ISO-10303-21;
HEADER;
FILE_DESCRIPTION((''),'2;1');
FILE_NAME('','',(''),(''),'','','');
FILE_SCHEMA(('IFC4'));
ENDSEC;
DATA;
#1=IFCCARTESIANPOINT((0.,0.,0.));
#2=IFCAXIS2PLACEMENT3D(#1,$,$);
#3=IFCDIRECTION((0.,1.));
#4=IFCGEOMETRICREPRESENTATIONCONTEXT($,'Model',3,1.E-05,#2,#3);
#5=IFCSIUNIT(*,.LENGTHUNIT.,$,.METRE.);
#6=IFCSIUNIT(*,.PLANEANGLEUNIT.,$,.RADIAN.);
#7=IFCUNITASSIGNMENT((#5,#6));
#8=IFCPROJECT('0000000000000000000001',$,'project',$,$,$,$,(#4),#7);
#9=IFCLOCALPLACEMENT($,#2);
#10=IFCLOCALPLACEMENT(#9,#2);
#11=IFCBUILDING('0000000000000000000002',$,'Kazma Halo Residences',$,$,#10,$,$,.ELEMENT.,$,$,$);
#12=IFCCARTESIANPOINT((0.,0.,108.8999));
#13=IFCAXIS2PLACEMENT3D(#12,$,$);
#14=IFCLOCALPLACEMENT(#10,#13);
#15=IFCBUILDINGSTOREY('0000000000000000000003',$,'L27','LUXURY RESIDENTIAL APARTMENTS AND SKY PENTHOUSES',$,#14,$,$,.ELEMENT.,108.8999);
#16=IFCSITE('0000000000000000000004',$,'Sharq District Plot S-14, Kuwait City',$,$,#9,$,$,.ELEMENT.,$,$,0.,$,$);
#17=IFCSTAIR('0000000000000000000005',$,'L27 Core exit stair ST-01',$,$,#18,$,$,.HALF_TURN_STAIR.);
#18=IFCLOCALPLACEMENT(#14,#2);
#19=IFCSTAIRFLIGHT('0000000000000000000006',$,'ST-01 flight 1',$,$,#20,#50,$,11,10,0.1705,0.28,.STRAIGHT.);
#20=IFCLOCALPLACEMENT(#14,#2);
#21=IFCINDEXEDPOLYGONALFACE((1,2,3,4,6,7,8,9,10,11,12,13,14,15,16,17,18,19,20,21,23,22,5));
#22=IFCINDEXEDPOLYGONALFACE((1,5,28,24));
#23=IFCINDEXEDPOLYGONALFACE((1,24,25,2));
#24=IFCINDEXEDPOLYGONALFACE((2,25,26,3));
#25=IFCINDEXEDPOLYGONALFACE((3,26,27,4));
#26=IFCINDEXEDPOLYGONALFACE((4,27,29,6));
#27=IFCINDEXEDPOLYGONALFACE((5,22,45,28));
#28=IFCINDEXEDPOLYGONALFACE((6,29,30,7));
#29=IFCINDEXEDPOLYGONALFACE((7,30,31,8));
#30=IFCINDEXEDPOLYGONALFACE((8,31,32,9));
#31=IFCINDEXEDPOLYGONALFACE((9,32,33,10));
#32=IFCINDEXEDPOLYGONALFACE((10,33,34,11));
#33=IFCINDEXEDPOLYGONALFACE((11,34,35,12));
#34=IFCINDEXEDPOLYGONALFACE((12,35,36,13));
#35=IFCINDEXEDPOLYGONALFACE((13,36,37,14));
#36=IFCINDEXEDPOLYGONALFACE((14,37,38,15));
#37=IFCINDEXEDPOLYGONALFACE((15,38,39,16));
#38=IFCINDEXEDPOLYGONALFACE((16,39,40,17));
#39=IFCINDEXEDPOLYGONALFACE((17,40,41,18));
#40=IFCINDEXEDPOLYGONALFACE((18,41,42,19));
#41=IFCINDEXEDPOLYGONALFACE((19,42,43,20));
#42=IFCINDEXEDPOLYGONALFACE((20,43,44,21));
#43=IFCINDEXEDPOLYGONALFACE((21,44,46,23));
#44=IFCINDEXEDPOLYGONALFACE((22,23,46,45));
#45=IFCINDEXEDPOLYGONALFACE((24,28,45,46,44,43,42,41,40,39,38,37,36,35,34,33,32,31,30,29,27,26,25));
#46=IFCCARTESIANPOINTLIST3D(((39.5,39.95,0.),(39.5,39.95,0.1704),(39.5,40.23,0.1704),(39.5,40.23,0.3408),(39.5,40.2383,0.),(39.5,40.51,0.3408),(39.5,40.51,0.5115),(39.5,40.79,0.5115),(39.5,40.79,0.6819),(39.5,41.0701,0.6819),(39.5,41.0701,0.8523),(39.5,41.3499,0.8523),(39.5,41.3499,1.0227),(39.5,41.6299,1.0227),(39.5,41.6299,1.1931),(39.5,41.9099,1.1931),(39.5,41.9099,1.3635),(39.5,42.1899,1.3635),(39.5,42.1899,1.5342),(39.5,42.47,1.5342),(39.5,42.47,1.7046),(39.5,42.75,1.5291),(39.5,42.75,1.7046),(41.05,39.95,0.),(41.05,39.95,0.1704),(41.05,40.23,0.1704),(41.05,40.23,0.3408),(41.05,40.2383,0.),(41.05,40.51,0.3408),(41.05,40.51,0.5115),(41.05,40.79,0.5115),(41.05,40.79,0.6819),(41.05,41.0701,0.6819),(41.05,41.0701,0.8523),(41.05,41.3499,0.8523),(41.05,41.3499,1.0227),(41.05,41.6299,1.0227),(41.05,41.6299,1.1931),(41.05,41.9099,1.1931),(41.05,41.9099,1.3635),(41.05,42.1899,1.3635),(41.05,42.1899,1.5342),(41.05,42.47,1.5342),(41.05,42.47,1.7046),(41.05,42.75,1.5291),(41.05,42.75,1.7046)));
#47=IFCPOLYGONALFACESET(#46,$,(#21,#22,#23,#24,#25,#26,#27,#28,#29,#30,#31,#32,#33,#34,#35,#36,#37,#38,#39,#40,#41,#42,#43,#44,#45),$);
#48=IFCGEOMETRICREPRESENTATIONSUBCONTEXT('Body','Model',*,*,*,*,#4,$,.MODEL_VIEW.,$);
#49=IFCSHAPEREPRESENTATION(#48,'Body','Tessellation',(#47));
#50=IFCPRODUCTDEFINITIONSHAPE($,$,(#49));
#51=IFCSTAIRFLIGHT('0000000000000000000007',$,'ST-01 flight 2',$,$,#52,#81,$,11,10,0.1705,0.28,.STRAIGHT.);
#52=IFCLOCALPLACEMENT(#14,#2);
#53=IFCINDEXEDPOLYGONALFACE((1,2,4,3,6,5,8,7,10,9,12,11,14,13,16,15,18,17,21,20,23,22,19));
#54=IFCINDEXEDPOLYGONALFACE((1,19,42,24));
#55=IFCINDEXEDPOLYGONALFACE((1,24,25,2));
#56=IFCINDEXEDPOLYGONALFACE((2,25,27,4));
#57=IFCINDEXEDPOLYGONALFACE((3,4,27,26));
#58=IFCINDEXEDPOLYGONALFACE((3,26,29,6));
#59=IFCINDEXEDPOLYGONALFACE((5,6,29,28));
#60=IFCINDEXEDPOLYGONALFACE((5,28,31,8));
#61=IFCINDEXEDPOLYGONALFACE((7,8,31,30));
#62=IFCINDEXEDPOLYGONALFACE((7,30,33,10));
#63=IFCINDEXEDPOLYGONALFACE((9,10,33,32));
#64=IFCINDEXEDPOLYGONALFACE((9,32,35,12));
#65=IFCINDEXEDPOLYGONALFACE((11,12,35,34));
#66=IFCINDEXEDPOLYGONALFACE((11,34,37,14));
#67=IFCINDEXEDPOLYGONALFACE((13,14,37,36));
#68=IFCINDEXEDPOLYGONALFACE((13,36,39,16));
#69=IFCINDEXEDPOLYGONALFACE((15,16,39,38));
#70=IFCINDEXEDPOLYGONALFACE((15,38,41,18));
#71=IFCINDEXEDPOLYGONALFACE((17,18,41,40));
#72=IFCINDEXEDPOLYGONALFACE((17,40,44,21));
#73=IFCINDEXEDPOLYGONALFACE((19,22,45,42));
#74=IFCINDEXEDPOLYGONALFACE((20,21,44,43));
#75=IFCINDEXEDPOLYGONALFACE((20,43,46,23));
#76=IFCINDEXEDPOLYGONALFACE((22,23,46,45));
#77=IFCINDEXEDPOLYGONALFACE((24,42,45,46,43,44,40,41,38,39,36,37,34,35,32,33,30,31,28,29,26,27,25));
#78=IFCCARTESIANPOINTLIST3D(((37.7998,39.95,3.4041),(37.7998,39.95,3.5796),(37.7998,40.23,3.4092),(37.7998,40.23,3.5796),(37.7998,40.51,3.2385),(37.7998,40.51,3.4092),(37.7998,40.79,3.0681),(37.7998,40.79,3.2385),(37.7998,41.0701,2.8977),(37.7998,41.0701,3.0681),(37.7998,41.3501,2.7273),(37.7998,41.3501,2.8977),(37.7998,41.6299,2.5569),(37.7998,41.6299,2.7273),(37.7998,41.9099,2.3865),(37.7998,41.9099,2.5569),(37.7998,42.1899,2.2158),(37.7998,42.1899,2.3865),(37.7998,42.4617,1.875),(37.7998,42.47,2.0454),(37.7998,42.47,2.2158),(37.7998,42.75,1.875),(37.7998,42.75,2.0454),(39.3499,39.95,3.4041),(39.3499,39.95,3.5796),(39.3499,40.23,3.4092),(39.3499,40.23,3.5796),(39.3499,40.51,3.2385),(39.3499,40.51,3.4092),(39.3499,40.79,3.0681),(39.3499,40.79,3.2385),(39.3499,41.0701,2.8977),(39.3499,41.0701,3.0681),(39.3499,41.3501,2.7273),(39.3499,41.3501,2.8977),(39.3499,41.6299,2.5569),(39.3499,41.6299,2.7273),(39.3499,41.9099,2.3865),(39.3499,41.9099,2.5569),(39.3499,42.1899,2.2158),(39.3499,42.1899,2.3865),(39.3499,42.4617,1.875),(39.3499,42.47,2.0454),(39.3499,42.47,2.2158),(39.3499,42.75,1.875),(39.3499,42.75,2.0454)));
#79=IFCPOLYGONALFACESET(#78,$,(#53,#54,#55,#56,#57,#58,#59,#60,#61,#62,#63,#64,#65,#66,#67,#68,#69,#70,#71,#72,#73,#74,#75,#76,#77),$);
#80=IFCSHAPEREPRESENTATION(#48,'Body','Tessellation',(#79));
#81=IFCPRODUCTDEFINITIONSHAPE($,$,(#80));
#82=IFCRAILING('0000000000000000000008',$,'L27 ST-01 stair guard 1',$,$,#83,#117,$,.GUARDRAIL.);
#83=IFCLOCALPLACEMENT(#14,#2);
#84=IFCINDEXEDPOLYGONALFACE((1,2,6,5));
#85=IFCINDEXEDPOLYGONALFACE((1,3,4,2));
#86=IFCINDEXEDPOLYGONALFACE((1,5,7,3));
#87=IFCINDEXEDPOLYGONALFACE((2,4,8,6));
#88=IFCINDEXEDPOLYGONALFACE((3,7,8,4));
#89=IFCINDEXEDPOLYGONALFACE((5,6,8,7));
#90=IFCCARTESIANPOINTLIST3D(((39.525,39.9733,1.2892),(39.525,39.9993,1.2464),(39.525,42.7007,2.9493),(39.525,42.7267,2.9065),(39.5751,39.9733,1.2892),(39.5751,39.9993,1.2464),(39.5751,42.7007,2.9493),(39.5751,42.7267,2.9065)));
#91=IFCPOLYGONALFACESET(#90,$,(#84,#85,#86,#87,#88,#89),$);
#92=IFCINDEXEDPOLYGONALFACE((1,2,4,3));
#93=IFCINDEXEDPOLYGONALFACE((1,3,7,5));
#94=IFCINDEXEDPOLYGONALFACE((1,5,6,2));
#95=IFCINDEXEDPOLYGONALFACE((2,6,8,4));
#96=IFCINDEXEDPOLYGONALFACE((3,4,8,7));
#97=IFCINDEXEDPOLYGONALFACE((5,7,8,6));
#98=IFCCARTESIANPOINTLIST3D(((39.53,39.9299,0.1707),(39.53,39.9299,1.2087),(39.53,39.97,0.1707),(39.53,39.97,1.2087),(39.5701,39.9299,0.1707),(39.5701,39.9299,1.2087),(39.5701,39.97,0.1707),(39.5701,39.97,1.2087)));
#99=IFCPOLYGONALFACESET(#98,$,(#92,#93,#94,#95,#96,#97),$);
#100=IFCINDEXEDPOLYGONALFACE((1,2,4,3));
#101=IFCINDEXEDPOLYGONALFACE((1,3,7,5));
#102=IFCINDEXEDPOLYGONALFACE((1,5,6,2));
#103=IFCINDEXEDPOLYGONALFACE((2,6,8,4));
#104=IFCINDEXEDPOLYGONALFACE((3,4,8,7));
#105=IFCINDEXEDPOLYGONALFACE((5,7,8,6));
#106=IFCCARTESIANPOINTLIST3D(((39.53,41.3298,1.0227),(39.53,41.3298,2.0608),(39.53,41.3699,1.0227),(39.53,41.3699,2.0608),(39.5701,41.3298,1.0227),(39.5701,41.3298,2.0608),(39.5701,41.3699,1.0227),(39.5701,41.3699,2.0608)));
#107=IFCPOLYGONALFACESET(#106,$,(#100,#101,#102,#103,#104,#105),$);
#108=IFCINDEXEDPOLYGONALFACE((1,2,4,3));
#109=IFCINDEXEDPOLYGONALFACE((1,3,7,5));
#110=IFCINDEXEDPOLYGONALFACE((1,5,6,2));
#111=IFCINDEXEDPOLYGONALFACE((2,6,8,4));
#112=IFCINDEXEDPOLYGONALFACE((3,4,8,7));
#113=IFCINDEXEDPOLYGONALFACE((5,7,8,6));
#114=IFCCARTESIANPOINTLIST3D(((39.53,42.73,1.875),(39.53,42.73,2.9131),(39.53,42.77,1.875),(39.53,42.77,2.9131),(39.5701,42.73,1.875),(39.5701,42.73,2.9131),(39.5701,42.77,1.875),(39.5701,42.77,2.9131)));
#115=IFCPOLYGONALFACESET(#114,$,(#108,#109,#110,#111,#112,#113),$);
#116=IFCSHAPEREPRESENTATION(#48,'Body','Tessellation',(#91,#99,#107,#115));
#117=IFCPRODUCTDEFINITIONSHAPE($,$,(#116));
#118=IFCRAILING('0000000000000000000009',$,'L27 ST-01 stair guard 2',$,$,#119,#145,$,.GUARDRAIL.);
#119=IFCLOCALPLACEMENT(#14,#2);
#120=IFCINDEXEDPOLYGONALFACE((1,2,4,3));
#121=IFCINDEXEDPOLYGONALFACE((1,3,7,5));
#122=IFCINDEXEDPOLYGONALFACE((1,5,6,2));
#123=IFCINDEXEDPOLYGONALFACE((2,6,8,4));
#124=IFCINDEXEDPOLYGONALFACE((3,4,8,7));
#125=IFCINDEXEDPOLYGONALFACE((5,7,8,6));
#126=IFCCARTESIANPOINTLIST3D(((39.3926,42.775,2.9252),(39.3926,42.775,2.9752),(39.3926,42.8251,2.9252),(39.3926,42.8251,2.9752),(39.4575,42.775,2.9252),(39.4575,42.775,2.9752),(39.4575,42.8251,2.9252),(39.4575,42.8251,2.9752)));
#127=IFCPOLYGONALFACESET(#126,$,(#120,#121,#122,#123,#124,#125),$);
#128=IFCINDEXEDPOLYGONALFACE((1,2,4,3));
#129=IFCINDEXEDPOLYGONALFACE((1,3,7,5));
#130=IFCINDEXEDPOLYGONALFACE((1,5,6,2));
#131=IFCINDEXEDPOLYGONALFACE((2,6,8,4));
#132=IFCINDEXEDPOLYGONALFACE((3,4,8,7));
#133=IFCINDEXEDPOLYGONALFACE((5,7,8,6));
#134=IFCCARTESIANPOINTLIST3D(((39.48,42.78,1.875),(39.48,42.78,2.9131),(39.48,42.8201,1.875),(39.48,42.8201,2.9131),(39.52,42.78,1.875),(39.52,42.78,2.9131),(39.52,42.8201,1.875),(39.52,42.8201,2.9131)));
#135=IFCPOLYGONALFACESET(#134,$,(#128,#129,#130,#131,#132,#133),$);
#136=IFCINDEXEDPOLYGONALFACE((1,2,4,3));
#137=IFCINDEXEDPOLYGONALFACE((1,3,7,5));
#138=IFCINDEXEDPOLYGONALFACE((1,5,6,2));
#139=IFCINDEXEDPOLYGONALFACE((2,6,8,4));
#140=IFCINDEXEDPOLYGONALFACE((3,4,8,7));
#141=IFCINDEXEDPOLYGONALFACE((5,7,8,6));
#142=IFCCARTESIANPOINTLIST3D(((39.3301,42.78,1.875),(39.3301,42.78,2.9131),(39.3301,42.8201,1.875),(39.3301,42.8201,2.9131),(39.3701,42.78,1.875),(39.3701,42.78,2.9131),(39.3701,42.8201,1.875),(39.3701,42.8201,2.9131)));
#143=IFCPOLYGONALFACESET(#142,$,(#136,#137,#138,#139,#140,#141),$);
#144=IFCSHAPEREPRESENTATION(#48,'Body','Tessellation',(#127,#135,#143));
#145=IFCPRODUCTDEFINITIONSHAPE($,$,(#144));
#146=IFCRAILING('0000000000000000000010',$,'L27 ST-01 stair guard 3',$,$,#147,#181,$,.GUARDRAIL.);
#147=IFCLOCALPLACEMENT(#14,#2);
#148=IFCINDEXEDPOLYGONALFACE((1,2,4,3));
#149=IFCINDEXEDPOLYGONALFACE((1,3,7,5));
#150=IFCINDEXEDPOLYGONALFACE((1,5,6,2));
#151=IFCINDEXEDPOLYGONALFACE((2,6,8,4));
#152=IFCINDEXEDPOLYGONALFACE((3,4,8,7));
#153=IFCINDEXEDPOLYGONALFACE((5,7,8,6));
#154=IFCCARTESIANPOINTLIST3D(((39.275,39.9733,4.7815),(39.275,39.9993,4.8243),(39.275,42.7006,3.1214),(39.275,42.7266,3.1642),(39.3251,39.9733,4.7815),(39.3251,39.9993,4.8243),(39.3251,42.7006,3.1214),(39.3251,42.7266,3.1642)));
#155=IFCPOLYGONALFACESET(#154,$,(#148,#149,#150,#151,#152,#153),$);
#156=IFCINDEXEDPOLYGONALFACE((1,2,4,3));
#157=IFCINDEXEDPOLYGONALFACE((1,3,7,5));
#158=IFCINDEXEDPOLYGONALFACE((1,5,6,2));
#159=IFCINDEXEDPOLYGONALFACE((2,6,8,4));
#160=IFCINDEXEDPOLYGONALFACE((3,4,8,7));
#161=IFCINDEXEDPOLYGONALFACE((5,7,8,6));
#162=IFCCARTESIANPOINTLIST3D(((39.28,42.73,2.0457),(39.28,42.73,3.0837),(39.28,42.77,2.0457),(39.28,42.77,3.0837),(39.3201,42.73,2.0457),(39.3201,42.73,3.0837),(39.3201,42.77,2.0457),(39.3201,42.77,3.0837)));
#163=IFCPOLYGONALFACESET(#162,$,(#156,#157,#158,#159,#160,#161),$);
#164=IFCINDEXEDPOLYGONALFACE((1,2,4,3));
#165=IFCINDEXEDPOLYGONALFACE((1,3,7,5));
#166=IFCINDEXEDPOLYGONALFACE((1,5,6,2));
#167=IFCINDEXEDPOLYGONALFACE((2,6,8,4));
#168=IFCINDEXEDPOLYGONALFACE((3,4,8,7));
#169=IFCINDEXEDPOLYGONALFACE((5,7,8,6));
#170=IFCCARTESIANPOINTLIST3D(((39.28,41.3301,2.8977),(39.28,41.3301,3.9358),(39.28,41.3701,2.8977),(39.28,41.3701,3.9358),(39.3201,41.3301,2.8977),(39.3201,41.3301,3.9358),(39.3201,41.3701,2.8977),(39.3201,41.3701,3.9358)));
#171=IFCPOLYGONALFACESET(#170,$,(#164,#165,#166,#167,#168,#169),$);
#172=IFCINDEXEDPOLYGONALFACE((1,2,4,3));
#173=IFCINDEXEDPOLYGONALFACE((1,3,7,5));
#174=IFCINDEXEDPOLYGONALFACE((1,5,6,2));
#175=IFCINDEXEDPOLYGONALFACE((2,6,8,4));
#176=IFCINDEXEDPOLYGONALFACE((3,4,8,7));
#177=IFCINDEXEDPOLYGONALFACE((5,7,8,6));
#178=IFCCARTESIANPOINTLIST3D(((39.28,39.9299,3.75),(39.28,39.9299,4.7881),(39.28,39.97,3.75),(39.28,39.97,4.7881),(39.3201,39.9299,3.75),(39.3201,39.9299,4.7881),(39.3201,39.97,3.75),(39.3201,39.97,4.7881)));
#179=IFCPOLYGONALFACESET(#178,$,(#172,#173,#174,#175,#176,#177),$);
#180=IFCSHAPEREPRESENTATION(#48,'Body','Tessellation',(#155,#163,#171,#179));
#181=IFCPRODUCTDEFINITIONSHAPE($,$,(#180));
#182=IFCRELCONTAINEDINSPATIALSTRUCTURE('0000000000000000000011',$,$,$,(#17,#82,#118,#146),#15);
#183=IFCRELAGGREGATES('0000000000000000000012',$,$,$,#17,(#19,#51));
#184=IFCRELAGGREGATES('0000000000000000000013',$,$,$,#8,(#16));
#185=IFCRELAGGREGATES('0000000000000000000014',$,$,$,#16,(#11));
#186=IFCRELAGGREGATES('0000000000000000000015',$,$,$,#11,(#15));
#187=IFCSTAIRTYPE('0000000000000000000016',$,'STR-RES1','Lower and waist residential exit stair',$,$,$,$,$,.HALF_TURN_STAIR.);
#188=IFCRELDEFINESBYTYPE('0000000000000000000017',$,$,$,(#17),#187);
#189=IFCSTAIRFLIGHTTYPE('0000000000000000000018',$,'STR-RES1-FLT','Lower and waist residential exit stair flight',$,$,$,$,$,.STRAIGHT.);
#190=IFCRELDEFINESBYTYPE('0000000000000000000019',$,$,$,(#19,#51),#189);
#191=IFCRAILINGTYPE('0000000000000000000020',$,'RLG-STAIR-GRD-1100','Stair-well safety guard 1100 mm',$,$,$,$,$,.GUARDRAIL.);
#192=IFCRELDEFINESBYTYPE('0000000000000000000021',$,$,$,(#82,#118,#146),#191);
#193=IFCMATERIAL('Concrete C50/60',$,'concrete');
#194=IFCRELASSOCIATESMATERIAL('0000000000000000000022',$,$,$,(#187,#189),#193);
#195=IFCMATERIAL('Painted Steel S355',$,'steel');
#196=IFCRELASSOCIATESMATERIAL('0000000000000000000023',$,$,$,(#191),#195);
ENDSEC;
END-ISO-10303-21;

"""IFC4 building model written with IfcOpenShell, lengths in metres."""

from ifc_helpers import new_model, si_unit, direction, frame, origin, origin_2d, place, context, subcontext, project, spatial, polyline, rectangle, outline, extrude, material, type_object, element, aggregate, save


model = new_model("IFC4")

# Units and contexts
model_context = context("Model", 3, precision=1e-05, world=origin(), true_north=direction((0.0, 1.0)))
body_context = subcontext(model_context, "Body", "Model", "MODEL_VIEW")
ifc_project = project(units=[si_unit("LENGTHUNIT", "METRE"), si_unit("PLANEANGLEUNIT", "RADIAN")], contexts=[model_context])

# Site, building, storey
site_placement = place(None, origin())
site = spatial("IfcSite", under=ifc_project, at=site_placement, Name="Sharq District Plot S-14, Kuwait City", CompositionType="ELEMENT", RefElevation=0.0)
building_placement = place(site_placement, origin())
building = spatial("IfcBuilding", under=site, at=building_placement, Name="Kazma Halo Residences", CompositionType="ELEMENT")
storey_placement = place(building_placement, frame((0.0, 0.0, 108.8999)))
storey = spatial("IfcBuildingStorey", under=building, at=storey_placement, Name="L27", Description="LUXURY RESIDENTIAL APARTMENTS AND SKY PENTHOUSES", CompositionType="ELEMENT", Elevation=108.8999)

# Stair, stair flights
ifc_material_1 = material(Name="Concrete C50/60", Category="concrete")
stair_type = type_object("IfcStairType", Name="STR-RES1", Description="Lower and waist residential exit stair", PredefinedType="HALF_TURN_STAIR", material=ifc_material_1)
stair_placement = place(storey_placement, origin())
stair = element("IfcStair", 1, at=stair_placement, inside=storey, type_object=stair_type, Name="L27 Core exit stair ST-01", PredefinedType="HALF_TURN_STAIR")
stair_flight_type = type_object("IfcStairFlightType", Name="STR-RES1-FLT", Description="Lower and waist residential exit stair flight", PredefinedType="STRAIGHT", material=ifc_material_1)
stair_flight_1_placement = place(storey_placement, frame((40.2749, 39.95, 0.0), z_axis=(0.0, 0.0, 1.0), x_axis=(0.0, 1.0, 0.0)))
stair_flight_1 = element("IfcStairFlight", 2, at=stair_flight_1_placement, type_object=stair_flight_type, Name="ST-01 flight 1", NumberOfRisers=11, NumberOfTreads=10, PredefinedType="STRAIGHT", RiserHeight=0.1705, TreadLength=0.28, context=body_context, shape_type="SweptSolid", body=[
    extrude(outline(polyline([(0.0, 0.0), (0.0, 0.1704), (0.28, 0.1704), (0.28, 0.3408), (0.5601, 0.3408), (0.5601, 0.5115), (0.8401, 0.5115), (0.8401, 0.6819), (1.1201, 0.6819), (1.1201, 0.8523), (1.3999, 0.8523), (1.3999, 1.0227), (1.6799, 1.0227), (1.6799, 1.1931), (1.96, 1.1931), (1.96, 1.3635), (2.24, 1.3635), (2.24, 1.5342), (2.52, 1.5342), (2.52, 1.7046), (2.8, 1.7046), (2.8, 1.875), (2.8, 1.5291), (0.2883, 0.0), (0.0, 0.0)])), frame((0.0, 0.7749, 0.0), z_axis=(0.0, -1.0, 0.0), x_axis=(1.0, 0.0, 0.0)), (0.0, 0.0, 1.0), 1.55),
])
stair_flight_2_placement = place(storey_placement, frame((38.575, 42.75, 1.875), z_axis=(0.0, 0.0, 1.0), x_axis=(0.0, -1.0, 0.0)))
stair_flight_2 = element("IfcStairFlight", 3, at=stair_flight_2_placement, type_object=stair_flight_type, Name="ST-01 flight 2", NumberOfRisers=11, NumberOfTreads=10, PredefinedType="STRAIGHT", RiserHeight=0.1705, TreadLength=0.28, context=body_context, shape_type="SweptSolid", body=[
    extrude(outline(polyline([(0.0, 0.0), (0.0, 0.1704), (0.28, 0.1704), (0.28, 0.3408), (0.5601, 0.3408), (0.5601, 0.5115), (0.8401, 0.5115), (0.8401, 0.6819), (1.1201, 0.6819), (1.1201, 0.8523), (1.3999, 0.8523), (1.3999, 1.0227), (1.6799, 1.0227), (1.6799, 1.1931), (1.96, 1.1931), (1.96, 1.3635), (2.24, 1.3635), (2.24, 1.5342), (2.52, 1.5342), (2.52, 1.7046), (2.8, 1.7046), (2.8, 1.875), (2.8, 1.5291), (0.2883, 0.0), (0.0, 0.0)])), frame((0.0, 0.7749, 0.0), z_axis=(0.0, -1.0, 0.0), x_axis=(1.0, 0.0, 0.0)), (0.0, 0.0, 1.0), 1.55),
])
aggregate(stair, [stair_flight_1, stair_flight_2])

# Railings
ifc_material_2 = material(Name="Painted Steel S355", Category="steel")
railing_type_1 = type_object("IfcRailingType", Name="RLG-STAIR-GRD-1100", Description="Stair-well safety guard 1100 mm", PredefinedType="GUARDRAIL", material=ifc_material_2)
railing_1_placement = place(storey_placement, frame((39.55, 39.95, 0.1707)))
element("IfcRailing", 4, at=railing_1_placement, inside=storey, type_object=railing_type_1, Name="L27 ST-01 stair guard 1", PredefinedType="GUARDRAIL", context=body_context, shape_type="SweptSolid", body=[
    extrude(rectangle(XDim=0.05, YDim=0.05, at=origin_2d()), frame((0.0, 0.0364, 1.0972), z_axis=(0.0, 0.854203, 0.51994), x_axis=(-1.0, 0.0, 0.0)), (0.0, 0.0, 1.0), 3.1929),
    extrude(rectangle(XDim=0.04, YDim=0.04, at=origin_2d()), origin(), (0.0, 0.0, 1.0), 1.0381),
    extrude(rectangle(XDim=0.04, YDim=0.04, at=origin_2d()), frame((0.0, 1.3999, 0.8521)), (0.0, 0.0, 1.0), 1.0381),
    extrude(rectangle(XDim=0.04, YDim=0.04, at=origin_2d()), frame((0.0, 2.8, 1.7043)), (0.0, 0.0, 1.0), 1.0381),
])
railing_2_placement = place(storey_placement, frame((39.5, 42.8, 1.875)))
element("IfcRailing", 5, at=railing_2_placement, inside=storey, type_object=railing_type_1, Name="L27 ST-01 stair guard 2", PredefinedType="GUARDRAIL", context=body_context, shape_type="SweptSolid", body=[
    extrude(rectangle(XDim=0.05, YDim=0.05, at=origin_2d()), frame((-0.0425, 0.0, 1.0752), z_axis=(-1.0, 0.0, 0.0), x_axis=(0.0, -1.0, 0.0)), (0.0, 0.0, 1.0), 0.0649),
    extrude(rectangle(XDim=0.04, YDim=0.04, at=origin_2d()), origin(), (0.0, 0.0, 1.0), 1.0381),
    extrude(rectangle(XDim=0.04, YDim=0.04, at=origin_2d()), frame((-0.1499, 0.0, 0.0)), (0.0, 0.0, 1.0), 1.0381),
])
railing_3_placement = place(storey_placement, frame((39.3, 42.75, 2.0457)))
element("IfcRailing", 6, at=railing_3_placement, inside=storey, type_object=railing_type_1, Name="L27 ST-01 stair guard 3", PredefinedType="GUARDRAIL", context=body_context, shape_type="SweptSolid", body=[
    extrude(rectangle(XDim=0.05, YDim=0.05, at=origin_2d()), frame((0.0, -0.0364, 1.0972), z_axis=(0.0, -0.854203, 0.51994), x_axis=(1.0, 0.0, 0.0)), (0.0, 0.0, 1.0), 3.1929),
    extrude(rectangle(XDim=0.04, YDim=0.04, at=origin_2d()), origin(), (0.0, 0.0, 1.0), 1.0381),
    extrude(rectangle(XDim=0.04, YDim=0.04, at=origin_2d()), frame((0.0, -1.3999, 0.8521)), (0.0, 0.0, 1.0), 1.0381),
    extrude(rectangle(XDim=0.04, YDim=0.04, at=origin_2d()), frame((0.0, -2.8, 1.7043)), (0.0, 0.0, 1.0), 1.0381),
])

save(model, "model.ifc")
